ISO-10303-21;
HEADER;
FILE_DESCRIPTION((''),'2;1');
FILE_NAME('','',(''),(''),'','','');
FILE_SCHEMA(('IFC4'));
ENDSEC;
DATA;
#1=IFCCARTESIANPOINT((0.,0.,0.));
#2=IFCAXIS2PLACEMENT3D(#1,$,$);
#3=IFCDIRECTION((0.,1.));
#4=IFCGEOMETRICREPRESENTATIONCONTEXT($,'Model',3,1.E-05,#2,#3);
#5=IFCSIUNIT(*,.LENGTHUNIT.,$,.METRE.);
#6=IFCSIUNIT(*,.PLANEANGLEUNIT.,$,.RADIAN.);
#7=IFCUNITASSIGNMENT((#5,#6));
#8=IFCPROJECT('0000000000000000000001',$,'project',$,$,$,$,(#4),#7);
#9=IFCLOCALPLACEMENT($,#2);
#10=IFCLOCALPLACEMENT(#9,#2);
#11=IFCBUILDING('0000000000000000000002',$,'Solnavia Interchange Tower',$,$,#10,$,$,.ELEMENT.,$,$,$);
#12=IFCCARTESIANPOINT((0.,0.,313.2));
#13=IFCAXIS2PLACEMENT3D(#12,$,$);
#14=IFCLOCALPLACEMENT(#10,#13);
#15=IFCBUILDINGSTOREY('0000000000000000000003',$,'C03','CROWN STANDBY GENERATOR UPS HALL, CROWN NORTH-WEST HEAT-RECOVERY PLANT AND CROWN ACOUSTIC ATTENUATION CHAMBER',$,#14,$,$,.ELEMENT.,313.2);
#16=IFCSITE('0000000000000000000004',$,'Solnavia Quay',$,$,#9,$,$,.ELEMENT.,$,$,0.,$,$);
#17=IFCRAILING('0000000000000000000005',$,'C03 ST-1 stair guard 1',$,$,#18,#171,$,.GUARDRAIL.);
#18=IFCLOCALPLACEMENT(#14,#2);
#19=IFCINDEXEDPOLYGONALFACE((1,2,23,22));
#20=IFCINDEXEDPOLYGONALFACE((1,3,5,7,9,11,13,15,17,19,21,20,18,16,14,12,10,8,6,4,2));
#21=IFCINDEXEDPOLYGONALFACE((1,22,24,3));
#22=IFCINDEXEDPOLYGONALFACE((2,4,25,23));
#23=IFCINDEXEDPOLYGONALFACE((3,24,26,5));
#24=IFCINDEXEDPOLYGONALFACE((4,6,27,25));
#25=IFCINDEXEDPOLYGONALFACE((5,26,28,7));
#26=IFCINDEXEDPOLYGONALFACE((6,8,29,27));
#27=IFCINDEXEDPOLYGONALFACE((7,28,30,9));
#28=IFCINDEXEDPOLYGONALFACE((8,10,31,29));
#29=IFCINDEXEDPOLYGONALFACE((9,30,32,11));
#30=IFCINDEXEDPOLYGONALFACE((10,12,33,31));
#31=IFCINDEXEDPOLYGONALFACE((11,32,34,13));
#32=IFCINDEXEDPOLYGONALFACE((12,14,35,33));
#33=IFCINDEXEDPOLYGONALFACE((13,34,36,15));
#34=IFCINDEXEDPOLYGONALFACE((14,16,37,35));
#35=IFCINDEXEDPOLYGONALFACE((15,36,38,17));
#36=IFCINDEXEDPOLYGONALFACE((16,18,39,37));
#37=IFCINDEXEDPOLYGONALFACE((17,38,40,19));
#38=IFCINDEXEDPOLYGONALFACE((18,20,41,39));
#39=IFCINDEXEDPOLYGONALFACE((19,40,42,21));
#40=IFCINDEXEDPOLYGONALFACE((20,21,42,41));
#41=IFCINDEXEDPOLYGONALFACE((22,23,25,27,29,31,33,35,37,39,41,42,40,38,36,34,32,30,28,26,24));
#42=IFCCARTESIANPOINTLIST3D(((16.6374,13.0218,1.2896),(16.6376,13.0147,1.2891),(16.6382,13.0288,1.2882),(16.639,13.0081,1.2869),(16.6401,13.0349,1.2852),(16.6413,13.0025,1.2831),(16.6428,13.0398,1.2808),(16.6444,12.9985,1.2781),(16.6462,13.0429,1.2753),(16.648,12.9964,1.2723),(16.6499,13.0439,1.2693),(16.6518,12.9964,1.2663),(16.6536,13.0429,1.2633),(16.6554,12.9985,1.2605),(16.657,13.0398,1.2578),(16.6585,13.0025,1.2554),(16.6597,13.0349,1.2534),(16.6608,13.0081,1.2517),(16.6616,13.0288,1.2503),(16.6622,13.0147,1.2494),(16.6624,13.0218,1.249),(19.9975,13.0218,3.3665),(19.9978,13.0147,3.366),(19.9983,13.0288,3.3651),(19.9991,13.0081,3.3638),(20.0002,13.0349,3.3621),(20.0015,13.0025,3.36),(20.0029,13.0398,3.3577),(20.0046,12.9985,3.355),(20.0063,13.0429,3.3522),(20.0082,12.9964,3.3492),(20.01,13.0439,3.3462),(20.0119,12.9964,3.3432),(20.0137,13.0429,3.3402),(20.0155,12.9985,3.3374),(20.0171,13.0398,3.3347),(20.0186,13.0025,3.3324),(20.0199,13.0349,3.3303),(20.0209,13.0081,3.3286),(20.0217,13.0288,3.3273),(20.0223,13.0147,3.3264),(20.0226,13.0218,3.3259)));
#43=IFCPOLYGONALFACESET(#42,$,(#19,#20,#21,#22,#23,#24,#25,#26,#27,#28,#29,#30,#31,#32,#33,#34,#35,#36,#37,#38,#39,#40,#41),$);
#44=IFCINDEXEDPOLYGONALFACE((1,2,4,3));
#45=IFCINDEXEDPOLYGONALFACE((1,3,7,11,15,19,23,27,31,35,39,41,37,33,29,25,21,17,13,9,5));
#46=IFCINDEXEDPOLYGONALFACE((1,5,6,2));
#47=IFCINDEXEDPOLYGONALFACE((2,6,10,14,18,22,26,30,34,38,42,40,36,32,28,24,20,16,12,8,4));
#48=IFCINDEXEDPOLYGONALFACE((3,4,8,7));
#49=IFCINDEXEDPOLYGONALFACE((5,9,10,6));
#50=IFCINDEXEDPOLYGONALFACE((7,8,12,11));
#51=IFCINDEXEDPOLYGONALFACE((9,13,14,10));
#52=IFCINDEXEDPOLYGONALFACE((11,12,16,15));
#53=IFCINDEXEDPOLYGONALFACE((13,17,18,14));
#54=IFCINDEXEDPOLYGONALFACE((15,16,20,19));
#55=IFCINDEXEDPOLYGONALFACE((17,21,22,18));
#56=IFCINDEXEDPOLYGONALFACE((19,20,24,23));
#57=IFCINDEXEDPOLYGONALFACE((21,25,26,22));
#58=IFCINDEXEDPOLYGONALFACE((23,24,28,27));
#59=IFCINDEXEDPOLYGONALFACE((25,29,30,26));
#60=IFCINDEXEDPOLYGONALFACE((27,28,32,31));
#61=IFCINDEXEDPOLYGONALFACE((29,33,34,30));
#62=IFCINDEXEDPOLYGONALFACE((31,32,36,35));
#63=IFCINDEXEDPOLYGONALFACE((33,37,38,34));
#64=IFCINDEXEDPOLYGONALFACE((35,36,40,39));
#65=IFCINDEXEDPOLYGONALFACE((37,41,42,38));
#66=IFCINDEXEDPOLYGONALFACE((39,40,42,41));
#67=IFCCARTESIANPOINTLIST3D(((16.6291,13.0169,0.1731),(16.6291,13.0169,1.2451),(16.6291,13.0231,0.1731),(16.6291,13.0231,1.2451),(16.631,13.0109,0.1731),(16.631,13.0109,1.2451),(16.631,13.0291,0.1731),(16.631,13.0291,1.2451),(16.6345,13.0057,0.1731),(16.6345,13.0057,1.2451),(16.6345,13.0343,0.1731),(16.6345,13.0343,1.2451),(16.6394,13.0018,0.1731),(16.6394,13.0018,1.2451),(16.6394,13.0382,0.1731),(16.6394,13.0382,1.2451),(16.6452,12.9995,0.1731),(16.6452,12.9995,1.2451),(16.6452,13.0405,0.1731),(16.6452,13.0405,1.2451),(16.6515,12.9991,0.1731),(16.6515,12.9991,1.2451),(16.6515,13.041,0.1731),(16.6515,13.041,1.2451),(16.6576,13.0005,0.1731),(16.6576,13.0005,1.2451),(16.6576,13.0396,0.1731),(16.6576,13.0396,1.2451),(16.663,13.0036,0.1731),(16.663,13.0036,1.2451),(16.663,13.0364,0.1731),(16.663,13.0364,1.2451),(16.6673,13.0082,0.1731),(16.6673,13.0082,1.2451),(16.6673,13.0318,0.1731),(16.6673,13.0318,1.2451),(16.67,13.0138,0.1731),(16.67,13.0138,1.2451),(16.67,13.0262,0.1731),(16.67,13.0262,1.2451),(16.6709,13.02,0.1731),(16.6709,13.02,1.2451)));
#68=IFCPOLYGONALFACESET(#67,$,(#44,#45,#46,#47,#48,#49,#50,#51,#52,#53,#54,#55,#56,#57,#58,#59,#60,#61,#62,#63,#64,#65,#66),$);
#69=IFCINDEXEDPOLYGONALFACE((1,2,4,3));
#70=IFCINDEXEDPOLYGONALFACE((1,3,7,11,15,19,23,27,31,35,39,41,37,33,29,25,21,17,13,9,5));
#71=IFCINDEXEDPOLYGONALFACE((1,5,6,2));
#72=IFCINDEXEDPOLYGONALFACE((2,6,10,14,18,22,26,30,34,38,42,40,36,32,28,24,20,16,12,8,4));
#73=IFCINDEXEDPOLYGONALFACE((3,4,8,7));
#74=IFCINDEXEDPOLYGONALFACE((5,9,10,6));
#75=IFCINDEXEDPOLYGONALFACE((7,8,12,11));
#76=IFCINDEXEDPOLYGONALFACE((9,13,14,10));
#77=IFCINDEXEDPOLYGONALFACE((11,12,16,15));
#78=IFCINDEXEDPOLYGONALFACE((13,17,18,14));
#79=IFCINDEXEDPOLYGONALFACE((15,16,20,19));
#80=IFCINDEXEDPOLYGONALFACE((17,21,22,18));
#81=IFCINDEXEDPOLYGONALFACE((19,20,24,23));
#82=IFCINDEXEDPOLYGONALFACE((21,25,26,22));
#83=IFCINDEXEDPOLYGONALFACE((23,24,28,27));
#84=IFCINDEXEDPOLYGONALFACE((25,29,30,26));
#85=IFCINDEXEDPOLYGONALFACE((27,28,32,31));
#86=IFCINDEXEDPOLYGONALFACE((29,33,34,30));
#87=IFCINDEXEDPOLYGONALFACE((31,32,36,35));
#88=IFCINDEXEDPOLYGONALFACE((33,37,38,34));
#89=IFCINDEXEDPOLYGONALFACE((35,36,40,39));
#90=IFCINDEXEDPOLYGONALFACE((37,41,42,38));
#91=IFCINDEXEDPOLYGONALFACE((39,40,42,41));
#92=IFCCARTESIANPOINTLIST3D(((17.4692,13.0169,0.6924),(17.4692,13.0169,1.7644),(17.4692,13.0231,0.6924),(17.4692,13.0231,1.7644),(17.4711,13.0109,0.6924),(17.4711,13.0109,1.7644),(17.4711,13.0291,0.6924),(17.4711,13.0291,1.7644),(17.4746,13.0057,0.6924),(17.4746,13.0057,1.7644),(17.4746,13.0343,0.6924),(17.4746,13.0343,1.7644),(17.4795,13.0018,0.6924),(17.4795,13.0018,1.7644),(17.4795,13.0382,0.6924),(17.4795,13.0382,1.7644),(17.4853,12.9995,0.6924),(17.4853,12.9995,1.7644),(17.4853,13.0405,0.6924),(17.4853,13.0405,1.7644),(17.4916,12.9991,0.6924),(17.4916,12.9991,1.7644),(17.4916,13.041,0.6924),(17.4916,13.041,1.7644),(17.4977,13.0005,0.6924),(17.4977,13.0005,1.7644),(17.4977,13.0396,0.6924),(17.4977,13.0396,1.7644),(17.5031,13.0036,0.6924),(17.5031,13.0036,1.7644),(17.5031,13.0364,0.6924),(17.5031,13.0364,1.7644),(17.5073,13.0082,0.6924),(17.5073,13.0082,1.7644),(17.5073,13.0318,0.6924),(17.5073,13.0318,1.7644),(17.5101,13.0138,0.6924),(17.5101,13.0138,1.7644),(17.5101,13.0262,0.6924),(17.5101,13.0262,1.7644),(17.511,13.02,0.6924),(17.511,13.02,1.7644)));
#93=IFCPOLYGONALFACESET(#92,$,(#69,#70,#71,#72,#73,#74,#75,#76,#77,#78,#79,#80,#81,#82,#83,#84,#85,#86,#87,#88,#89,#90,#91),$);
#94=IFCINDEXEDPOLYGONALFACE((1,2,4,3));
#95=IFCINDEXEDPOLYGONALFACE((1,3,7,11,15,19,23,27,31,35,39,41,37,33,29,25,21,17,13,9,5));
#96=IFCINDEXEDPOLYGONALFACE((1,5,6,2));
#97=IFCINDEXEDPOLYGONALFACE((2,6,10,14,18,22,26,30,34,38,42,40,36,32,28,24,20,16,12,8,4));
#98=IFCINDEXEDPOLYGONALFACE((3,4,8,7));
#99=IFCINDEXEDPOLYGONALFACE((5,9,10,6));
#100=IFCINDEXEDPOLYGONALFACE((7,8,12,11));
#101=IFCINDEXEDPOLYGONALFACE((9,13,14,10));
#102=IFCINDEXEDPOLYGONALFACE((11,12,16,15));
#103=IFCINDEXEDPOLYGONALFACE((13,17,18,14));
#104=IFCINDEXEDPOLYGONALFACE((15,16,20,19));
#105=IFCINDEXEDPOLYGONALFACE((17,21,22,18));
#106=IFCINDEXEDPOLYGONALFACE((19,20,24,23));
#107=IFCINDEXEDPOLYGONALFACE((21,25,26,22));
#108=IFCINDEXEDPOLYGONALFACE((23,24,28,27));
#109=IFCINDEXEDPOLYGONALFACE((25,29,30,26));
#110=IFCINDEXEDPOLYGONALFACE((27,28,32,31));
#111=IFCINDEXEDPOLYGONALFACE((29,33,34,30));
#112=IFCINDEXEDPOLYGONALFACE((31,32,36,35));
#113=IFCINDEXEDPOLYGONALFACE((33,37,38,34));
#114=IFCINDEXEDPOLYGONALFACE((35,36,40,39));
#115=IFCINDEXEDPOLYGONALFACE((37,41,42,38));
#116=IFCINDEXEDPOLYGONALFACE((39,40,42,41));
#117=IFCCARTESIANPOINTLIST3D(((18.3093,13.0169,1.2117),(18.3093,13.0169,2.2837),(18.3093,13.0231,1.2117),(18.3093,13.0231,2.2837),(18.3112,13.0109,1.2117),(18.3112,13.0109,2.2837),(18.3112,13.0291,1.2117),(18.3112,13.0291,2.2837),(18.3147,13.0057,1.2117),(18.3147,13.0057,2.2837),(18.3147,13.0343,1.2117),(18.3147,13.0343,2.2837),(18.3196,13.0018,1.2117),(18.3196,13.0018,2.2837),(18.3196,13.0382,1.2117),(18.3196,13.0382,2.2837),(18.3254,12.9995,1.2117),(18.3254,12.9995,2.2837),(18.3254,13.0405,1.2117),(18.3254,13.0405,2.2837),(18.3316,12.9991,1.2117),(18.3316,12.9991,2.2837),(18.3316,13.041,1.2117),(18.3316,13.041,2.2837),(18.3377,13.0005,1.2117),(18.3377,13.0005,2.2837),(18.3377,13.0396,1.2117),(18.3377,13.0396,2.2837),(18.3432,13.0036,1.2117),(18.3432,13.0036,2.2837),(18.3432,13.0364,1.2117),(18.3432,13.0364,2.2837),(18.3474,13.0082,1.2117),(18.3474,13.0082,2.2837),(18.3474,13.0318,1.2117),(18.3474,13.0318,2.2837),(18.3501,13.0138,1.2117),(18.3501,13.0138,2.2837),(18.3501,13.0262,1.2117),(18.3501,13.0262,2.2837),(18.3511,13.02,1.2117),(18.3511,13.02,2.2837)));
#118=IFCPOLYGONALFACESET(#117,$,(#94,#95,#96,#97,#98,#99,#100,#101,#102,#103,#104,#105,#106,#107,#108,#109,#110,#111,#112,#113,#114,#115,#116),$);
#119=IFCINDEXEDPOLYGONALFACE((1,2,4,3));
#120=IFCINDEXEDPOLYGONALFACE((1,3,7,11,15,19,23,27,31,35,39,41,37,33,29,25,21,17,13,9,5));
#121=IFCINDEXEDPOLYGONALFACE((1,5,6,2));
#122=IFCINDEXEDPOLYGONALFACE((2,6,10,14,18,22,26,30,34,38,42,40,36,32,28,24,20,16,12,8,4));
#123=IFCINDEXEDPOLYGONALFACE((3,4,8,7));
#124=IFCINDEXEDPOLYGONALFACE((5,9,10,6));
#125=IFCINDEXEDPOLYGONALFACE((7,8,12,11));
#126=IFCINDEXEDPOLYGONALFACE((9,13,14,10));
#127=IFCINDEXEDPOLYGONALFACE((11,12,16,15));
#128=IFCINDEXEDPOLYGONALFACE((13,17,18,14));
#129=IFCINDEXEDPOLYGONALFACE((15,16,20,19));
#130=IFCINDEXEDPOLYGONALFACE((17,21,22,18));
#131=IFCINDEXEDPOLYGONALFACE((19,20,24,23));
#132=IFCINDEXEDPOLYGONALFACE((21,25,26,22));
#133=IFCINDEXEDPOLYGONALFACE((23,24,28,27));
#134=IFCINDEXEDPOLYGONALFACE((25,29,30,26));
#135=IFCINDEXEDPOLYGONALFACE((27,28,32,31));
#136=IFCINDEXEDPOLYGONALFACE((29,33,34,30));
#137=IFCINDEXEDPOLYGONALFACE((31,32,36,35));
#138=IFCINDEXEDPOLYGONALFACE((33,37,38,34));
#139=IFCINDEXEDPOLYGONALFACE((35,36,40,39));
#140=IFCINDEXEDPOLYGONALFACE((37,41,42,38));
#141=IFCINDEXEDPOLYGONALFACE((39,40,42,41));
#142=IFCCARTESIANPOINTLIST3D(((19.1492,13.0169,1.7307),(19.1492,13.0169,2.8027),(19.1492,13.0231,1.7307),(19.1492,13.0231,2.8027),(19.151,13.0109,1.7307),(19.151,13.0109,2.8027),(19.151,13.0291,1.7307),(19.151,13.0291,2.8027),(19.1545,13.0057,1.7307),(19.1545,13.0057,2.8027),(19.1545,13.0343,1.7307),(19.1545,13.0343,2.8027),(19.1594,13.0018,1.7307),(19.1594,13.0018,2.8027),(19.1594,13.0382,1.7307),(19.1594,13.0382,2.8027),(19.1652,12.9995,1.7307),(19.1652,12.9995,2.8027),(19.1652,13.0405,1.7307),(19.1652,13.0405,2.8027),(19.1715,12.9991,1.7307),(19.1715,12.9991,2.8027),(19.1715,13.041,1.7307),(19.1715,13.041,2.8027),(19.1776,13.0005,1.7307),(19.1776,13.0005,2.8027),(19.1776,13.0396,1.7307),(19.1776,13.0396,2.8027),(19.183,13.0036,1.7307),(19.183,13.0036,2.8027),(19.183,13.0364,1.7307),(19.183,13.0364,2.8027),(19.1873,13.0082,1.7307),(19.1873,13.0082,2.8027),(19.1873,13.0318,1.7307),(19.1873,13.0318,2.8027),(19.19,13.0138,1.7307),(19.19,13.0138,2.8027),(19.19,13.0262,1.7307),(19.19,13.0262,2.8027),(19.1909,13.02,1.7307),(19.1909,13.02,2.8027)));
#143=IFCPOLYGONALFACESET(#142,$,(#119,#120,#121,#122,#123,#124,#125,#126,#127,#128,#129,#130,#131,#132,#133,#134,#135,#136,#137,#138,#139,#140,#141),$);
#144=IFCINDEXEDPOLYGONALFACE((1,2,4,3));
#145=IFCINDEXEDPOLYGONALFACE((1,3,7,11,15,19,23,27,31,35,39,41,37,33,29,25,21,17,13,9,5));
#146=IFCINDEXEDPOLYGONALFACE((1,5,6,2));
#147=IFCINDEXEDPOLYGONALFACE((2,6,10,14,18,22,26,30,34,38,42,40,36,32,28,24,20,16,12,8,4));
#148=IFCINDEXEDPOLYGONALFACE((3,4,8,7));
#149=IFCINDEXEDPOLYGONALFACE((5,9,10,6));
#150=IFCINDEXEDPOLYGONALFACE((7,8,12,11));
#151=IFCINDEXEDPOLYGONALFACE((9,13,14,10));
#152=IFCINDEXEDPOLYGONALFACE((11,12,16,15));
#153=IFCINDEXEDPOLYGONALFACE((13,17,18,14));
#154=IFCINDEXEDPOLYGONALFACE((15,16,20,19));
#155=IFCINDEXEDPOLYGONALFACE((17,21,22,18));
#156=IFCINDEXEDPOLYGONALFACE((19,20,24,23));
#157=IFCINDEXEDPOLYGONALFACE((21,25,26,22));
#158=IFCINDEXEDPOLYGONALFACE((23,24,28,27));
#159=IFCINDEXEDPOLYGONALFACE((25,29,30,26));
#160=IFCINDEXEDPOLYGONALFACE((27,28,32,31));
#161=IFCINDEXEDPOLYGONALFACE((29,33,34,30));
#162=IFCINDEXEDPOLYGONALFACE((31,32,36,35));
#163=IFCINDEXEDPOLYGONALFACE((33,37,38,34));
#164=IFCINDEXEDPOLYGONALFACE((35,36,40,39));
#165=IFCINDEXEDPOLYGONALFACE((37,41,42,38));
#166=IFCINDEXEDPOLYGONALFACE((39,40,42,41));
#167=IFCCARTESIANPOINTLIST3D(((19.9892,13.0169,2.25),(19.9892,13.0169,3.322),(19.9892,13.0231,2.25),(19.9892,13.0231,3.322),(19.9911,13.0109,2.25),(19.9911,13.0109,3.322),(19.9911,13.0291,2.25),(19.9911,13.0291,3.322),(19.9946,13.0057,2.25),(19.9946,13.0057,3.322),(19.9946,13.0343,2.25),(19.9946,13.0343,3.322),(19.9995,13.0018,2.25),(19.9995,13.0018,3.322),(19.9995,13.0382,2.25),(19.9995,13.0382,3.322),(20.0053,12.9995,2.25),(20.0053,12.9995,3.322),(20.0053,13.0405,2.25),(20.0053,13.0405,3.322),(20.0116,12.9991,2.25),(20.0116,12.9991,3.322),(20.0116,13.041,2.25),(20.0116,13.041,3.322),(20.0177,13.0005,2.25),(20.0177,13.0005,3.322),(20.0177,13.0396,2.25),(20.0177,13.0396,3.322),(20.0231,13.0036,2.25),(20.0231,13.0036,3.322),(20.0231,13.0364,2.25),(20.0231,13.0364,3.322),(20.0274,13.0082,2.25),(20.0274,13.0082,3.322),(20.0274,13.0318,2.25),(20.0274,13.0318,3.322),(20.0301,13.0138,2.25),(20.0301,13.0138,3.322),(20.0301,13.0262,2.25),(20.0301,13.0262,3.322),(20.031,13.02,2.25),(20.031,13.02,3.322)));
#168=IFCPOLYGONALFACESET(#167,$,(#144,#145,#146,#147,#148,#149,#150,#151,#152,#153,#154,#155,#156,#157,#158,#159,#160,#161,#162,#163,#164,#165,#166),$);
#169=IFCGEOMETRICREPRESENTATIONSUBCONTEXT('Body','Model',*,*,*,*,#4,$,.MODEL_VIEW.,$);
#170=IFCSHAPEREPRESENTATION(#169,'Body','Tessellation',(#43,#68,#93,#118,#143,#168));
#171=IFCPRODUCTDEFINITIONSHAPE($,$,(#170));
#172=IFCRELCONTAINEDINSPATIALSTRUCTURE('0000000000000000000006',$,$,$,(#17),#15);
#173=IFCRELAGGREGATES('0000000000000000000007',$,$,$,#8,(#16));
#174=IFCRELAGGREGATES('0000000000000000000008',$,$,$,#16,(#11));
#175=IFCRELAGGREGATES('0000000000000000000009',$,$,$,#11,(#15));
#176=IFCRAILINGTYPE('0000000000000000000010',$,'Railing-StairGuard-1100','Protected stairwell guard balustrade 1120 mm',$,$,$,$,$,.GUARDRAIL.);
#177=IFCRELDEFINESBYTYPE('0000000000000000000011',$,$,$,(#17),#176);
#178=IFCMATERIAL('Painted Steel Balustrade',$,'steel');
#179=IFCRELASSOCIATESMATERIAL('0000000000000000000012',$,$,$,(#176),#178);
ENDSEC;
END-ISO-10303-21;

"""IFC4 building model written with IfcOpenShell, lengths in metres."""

from ifc_helpers import new_model, si_unit, direction, frame, origin, origin_2d, place, context, subcontext, project, spatial, circle, extrude, material, type_object, element, save


model = new_model("IFC4")

# Units and contexts
model_context = context("Model", 3, precision=1e-05, world=origin(), true_north=direction((0.0, 1.0)))
body_context = subcontext(model_context, "Body", "Model", "MODEL_VIEW")
ifc_project = project(units=[si_unit("LENGTHUNIT", "METRE"), si_unit("PLANEANGLEUNIT", "RADIAN")], contexts=[model_context])

# Site, building, storey
site_placement = place(None, origin())
site = spatial("IfcSite", under=ifc_project, at=site_placement, Name="Solnavia Quay", CompositionType="ELEMENT", RefElevation=0.0)
building_placement = place(site_placement, origin())
building = spatial("IfcBuilding", under=site, at=building_placement, Name="Solnavia Interchange Tower", CompositionType="ELEMENT")
storey_placement = place(building_placement, frame((0.0, 0.0, 313.2)))
storey = spatial("IfcBuildingStorey", under=building, at=storey_placement, Name="C03", Description="CROWN STANDBY GENERATOR UPS HALL, CROWN NORTH-WEST HEAT-RECOVERY PLANT AND CROWN ACOUSTIC ATTENUATION CHAMBER", CompositionType="ELEMENT", Elevation=313.2)

# Railing
ifc_material_1 = material(Name="Painted Steel Balustrade", Category="steel")
railing_type_1 = type_object("IfcRailingType", Name="Railing-StairGuard-1100", Description="Protected stairwell guard balustrade 1120 mm", PredefinedType="GUARDRAIL", material=ifc_material_1)
railing_1_placement = place(storey_placement, frame((16.6499, 13.02, 0.1731)))
element("IfcRailing", 1, at=railing_1_placement, inside=storey, type_object=railing_type_1, Name="C03 ST-1 stair guard 1", PredefinedType="GUARDRAIL", context=body_context, shape_type="SweptSolid", body=[
    extrude(circle(Radius=0.0239, at=origin_2d()), frame((0.0, 0.0, 1.0962), z_axis=(0.850623, 0.0, 0.525776), x_axis=(0.0, 1.0, 0.0)), (0.0, 0.0, 1.0), 3.9502),
    extrude(circle(Radius=0.021, at=origin_2d()), origin(), (0.0, 0.0, 1.0), 1.072),
    extrude(circle(Radius=0.021, at=origin_2d()), frame((0.8401, 0.0, 0.5193)), (0.0, 0.0, 1.0), 1.072),
    extrude(circle(Radius=0.021, at=origin_2d()), frame((1.6802, 0.0, 1.0386)), (0.0, 0.0, 1.0), 1.072),
    extrude(circle(Radius=0.021, at=origin_2d()), frame((2.52, 0.0, 1.5576)), (0.0, 0.0, 1.0), 1.072),
    extrude(circle(Radius=0.021, at=origin_2d()), frame((3.3601, 0.0, 2.0769)), (0.0, 0.0, 1.0), 1.072),
])

save(model, "model.ifc")
